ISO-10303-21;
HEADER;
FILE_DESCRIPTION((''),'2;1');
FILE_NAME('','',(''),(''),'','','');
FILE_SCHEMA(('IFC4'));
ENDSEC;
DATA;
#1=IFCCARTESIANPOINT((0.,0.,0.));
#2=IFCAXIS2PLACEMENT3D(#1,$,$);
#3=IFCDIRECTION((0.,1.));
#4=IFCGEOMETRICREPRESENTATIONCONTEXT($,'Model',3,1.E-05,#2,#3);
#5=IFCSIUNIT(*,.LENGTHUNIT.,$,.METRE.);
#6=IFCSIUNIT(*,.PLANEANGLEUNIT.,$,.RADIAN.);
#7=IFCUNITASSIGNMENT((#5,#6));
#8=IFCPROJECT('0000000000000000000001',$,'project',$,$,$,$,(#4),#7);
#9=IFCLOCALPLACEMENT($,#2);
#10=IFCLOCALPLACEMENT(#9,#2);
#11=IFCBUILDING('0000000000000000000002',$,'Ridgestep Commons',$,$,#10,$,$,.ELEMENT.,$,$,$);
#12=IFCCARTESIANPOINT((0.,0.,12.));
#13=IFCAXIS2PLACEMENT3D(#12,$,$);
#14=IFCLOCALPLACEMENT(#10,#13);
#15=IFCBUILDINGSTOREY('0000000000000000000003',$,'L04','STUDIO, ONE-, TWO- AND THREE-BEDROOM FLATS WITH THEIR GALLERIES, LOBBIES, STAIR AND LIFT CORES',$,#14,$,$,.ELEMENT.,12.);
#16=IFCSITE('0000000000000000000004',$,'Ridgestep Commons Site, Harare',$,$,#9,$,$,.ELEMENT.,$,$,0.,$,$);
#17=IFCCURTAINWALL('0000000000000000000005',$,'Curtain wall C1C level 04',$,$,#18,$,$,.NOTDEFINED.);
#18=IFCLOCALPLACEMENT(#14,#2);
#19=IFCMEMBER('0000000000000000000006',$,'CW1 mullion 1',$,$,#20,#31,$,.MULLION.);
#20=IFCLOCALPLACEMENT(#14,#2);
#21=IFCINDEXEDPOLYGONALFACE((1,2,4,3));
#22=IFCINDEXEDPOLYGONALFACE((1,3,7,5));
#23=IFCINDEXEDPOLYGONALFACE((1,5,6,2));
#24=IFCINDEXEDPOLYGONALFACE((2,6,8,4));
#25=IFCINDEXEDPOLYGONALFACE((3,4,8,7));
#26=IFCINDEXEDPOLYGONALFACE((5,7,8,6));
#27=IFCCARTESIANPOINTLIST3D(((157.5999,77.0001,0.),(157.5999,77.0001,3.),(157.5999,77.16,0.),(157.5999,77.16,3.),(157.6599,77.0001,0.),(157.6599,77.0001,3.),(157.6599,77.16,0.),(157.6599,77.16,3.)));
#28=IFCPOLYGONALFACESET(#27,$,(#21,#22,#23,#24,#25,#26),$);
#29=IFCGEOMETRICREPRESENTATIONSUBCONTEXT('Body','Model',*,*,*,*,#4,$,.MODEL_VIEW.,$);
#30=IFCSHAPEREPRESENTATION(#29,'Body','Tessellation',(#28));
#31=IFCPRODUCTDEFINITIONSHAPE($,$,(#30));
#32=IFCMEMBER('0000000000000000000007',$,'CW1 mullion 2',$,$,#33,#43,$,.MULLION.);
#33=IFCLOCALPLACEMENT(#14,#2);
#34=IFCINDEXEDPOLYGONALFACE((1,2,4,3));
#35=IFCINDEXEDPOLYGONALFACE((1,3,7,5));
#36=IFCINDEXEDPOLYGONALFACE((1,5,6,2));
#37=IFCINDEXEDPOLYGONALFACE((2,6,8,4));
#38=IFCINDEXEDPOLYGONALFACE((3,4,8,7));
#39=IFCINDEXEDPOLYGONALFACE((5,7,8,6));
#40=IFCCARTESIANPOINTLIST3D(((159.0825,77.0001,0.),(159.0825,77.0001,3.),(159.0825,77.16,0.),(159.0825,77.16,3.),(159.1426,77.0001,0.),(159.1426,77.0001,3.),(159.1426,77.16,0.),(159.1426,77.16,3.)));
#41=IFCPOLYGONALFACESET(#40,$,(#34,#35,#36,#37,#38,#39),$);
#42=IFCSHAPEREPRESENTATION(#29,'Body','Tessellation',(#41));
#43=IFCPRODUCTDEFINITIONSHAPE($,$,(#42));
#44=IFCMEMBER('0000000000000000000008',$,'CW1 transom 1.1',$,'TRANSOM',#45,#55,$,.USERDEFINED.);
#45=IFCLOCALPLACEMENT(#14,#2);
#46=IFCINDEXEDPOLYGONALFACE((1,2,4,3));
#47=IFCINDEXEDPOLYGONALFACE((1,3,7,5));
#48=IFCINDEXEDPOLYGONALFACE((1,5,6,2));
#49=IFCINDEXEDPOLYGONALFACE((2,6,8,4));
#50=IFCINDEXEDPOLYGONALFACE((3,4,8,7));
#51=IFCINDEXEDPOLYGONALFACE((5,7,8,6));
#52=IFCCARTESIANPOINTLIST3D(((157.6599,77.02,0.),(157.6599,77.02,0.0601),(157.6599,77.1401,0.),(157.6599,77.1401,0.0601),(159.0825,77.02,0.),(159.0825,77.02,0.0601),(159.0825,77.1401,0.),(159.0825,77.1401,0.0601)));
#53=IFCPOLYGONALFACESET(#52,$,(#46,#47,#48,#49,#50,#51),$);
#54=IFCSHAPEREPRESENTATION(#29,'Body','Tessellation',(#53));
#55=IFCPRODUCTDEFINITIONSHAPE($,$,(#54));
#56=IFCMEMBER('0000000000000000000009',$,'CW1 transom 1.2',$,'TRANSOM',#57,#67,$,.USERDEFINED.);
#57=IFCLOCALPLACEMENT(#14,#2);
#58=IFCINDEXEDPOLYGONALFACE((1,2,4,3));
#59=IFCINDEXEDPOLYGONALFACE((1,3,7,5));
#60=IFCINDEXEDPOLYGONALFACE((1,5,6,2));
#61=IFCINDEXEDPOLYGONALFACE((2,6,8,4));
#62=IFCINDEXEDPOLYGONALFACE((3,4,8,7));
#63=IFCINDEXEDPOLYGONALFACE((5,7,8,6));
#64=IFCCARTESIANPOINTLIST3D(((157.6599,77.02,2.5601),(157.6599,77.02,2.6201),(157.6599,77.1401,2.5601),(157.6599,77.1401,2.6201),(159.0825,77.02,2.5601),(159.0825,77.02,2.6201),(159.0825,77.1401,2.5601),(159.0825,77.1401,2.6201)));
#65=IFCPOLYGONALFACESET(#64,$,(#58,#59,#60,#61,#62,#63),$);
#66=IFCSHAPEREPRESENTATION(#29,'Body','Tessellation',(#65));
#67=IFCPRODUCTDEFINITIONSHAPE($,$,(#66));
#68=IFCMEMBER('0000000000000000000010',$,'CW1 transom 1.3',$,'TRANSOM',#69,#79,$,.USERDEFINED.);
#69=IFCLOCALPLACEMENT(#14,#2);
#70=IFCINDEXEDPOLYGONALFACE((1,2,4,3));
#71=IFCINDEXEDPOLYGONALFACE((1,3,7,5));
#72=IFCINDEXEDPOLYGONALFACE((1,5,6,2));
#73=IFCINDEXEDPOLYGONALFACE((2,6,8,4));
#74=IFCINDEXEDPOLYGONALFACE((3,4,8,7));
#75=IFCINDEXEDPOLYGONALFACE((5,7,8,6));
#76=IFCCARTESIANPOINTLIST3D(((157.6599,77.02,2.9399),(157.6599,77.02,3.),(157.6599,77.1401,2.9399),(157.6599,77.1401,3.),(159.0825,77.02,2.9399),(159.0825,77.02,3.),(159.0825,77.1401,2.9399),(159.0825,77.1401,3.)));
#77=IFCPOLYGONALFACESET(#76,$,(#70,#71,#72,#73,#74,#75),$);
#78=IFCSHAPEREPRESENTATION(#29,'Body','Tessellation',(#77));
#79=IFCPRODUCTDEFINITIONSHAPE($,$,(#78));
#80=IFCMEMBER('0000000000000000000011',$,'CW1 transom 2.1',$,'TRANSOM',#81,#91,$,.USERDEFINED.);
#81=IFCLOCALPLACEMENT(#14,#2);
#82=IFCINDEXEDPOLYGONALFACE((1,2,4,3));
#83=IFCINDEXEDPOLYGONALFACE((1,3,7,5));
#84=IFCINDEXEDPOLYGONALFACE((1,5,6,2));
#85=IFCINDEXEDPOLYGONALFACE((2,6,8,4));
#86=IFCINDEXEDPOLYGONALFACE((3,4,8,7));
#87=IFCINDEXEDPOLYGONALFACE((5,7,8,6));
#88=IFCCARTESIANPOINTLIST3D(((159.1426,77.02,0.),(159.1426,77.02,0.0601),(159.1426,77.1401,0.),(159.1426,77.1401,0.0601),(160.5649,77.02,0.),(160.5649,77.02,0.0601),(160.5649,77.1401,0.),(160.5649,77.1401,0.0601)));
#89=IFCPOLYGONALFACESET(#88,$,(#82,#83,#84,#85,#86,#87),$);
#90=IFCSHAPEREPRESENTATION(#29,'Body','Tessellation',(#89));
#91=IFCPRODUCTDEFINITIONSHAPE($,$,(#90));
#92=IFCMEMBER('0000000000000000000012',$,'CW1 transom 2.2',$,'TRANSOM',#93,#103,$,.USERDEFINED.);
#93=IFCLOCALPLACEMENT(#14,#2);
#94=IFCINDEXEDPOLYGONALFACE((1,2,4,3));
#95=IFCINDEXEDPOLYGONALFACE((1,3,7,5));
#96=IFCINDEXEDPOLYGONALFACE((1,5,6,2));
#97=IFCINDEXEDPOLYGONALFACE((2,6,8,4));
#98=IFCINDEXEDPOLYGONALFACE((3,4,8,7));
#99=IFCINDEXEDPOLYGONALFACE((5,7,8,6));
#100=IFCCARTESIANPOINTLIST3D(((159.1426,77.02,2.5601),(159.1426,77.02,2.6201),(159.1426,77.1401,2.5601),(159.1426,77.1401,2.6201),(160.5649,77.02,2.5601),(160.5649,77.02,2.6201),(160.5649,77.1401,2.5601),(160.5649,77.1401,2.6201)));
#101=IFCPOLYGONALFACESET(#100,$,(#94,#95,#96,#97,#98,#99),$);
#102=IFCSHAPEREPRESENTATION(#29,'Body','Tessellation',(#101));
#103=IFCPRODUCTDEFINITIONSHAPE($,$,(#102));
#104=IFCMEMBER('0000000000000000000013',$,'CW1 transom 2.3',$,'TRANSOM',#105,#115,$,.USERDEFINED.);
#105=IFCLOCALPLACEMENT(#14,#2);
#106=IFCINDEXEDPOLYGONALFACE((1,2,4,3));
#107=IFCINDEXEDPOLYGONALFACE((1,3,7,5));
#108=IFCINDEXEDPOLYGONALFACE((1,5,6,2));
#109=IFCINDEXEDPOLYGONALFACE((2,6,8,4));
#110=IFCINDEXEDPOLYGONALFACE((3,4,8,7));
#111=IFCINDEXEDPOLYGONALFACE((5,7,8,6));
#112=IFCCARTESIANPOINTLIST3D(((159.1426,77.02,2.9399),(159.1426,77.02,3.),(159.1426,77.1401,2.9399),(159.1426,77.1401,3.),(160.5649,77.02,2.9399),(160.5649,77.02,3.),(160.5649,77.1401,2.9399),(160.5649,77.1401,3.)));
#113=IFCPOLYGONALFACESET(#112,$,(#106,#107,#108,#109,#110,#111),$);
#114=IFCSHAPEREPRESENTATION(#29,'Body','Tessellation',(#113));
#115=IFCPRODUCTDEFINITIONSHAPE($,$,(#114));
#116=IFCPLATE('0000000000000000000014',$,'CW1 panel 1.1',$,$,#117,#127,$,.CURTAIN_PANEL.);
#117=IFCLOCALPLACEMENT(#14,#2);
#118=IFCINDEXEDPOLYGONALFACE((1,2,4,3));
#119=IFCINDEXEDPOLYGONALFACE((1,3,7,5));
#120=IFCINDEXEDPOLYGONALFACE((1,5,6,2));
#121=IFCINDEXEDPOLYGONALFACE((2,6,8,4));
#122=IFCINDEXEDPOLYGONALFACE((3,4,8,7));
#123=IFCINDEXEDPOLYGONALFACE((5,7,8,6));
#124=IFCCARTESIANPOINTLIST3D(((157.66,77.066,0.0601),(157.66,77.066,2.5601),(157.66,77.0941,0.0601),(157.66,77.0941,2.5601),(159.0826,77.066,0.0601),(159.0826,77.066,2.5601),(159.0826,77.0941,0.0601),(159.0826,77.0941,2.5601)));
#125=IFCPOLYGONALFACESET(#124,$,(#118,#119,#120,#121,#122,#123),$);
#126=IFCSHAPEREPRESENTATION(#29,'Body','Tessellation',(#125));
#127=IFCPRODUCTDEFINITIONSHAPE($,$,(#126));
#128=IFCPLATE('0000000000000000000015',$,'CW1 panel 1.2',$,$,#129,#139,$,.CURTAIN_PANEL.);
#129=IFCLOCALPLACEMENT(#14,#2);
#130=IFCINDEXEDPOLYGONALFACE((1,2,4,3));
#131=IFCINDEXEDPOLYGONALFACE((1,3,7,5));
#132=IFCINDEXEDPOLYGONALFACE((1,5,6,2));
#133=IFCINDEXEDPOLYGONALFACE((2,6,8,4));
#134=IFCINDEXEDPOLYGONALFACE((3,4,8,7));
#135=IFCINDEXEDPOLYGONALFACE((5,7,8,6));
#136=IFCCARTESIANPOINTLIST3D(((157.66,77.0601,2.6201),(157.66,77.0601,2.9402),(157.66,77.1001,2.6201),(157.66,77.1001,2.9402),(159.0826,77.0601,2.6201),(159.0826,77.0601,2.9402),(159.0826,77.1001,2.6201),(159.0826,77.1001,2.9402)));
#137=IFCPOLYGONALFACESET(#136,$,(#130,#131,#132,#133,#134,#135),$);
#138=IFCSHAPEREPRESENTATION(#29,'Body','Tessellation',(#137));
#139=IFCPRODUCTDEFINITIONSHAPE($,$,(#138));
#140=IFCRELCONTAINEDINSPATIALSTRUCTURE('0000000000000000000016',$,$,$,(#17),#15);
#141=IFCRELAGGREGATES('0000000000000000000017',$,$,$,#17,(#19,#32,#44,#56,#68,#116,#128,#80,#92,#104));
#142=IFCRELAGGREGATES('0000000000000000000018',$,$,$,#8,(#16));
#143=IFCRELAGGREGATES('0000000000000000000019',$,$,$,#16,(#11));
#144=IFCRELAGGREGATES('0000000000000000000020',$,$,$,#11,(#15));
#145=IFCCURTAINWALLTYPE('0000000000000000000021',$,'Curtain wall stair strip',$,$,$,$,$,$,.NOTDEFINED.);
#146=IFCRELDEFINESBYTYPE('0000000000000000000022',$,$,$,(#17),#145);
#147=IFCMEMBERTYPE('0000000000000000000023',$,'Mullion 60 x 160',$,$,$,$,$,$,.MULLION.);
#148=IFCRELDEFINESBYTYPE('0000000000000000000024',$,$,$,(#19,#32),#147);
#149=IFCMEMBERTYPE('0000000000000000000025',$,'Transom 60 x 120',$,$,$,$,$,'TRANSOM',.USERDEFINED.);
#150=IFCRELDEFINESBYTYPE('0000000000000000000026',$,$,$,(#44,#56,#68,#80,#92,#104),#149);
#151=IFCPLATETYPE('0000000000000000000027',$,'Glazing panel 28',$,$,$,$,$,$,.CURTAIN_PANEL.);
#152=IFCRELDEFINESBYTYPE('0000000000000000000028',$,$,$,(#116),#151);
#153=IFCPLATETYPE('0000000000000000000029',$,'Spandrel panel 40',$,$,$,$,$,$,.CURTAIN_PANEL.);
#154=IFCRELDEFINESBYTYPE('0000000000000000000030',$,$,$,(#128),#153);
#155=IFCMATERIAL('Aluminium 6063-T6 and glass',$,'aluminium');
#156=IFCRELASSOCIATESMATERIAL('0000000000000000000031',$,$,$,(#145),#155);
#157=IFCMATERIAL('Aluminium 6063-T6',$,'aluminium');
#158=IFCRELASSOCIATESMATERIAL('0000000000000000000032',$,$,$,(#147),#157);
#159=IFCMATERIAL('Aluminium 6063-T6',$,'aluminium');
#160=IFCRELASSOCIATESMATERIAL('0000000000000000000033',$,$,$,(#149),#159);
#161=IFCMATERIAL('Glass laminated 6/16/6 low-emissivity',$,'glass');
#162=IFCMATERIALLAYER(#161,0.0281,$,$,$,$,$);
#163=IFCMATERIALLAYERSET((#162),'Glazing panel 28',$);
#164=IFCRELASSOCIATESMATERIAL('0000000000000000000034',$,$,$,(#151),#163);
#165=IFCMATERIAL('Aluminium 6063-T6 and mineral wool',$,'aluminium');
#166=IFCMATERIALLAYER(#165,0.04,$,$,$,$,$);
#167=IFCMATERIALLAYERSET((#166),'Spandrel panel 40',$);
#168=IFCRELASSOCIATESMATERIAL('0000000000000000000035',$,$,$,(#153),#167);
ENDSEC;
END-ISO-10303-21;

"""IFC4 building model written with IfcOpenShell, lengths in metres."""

from ifc_helpers import new_model, si_unit, direction, frame, origin, origin_2d, place, context, subcontext, project, spatial, rectangle, extrude, material, layer, layer_set, material_profile, profile_set, type_object, element, aggregate, save


model = new_model("IFC4")

# Units and contexts
model_context = context("Model", 3, precision=1e-05, world=origin(), true_north=direction((0.0, 1.0)))
body_context = subcontext(model_context, "Body", "Model", "MODEL_VIEW")
ifc_project = project(units=[si_unit("LENGTHUNIT", "METRE"), si_unit("PLANEANGLEUNIT", "RADIAN")], contexts=[model_context])

# Site, building, storey
site_placement = place(None, origin())
site = spatial("IfcSite", under=ifc_project, at=site_placement, Name="Ridgestep Commons Site, Harare", CompositionType="ELEMENT", RefElevation=0.0)
building_placement = place(site_placement, origin())
building = spatial("IfcBuilding", under=site, at=building_placement, Name="Ridgestep Commons", CompositionType="ELEMENT")
storey_placement = place(building_placement, frame((0.0, 0.0, 12.0)))
storey = spatial("IfcBuildingStorey", under=building, at=storey_placement, Name="L04", Description="STUDIO, ONE-, TWO- AND THREE-BEDROOM FLATS WITH THEIR GALLERIES, LOBBIES, STAIR AND LIFT CORES", CompositionType="ELEMENT", Elevation=12.0)

# Curtain wall, members, plates
ifc_material_1 = material(Name="Aluminium 6063-T6 and glass", Category="aluminium")
curtain_wall_type = type_object("IfcCurtainWallType", Name="Curtain wall stair strip", PredefinedType="NOTDEFINED", material=ifc_material_1)
curtain_wall_placement = place(storey_placement, origin())
curtain_wall = element("IfcCurtainWall", 1, at=curtain_wall_placement, inside=storey, type_object=curtain_wall_type, Name="Curtain wall C1C level 04", PredefinedType="NOTDEFINED")
ifc_material_2 = material(Name="Aluminium 6063-T6", Category="aluminium")
ifc_material_profile_1 = material_profile(ifc_material_2, rectangle(XDim=0.1599, YDim=0.0601, at=origin_2d()), Name="Mullion 60 x 160")
ifc_profile_set_1 = profile_set([ifc_material_profile_1], Name="Aluminium 6063-T6")
member_type_1 = type_object("IfcMemberType", Name="Mullion 60 x 160", PredefinedType="MULLION", material=ifc_profile_set_1)
member_1_placement = place(storey_placement, frame((157.6299, 77.0801, 0.0), z_axis=(0.0, 0.0, 1.0), x_axis=(0.0, 1.0, 0.0)))
member_1 = element("IfcMember", 2, at=member_1_placement, type_object=member_type_1, Name="CW1 mullion 1", PredefinedType="MULLION", context=body_context, shape_type="SweptSolid", body=[
    extrude(rectangle(XDim=0.1599, YDim=0.0601, at=origin_2d()), origin(), (0.0, 0.0, 1.0), 3.0),
])
member_2_placement = place(storey_placement, frame((159.1125, 77.0801, 0.0), z_axis=(0.0, 0.0, 1.0), x_axis=(0.0, 1.0, 0.0)))
member_2 = element("IfcMember", 3, at=member_2_placement, type_object=member_type_1, Name="CW1 mullion 2", PredefinedType="MULLION", context=body_context, shape_type="SweptSolid", body=[
    extrude(rectangle(XDim=0.1599, YDim=0.0601, at=origin_2d()), origin(), (0.0, 0.0, 1.0), 3.0),
])
ifc_material_3 = material(Name="Aluminium 6063-T6", Category="aluminium")
ifc_material_profile_2 = material_profile(ifc_material_3, rectangle(XDim=0.1201, YDim=0.0601, at=origin_2d()), Name="Transom 60 x 120")
ifc_profile_set_2 = profile_set([ifc_material_profile_2], Name="Aluminium 6063-T6")
member_type_2 = type_object("IfcMemberType", Name="Transom 60 x 120", ElementType="TRANSOM", PredefinedType="USERDEFINED", material=ifc_profile_set_2)
member_3_placement = place(storey_placement, frame((157.6599, 77.0801, 0.03), z_axis=(1.0, 0.0, 0.0), x_axis=(0.0, 1.0, 0.0)))
member_3 = element("IfcMember", 4, at=member_3_placement, type_object=member_type_2, Name="CW1 transom 1.1", ObjectType="TRANSOM", PredefinedType="USERDEFINED", context=body_context, shape_type="SweptSolid", body=[
    extrude(rectangle(XDim=0.1201, YDim=0.0601, at=origin_2d()), origin(), (0.0, 0.0, 1.0), 1.4226),
])
member_4_placement = place(storey_placement, frame((157.6599, 77.0801, 2.5901), z_axis=(1.0, 0.0, 0.0), x_axis=(0.0, 1.0, 0.0)))
member_4 = element("IfcMember", 5, at=member_4_placement, type_object=member_type_2, Name="CW1 transom 1.2", ObjectType="TRANSOM", PredefinedType="USERDEFINED", context=body_context, shape_type="SweptSolid", body=[
    extrude(rectangle(XDim=0.1201, YDim=0.0601, at=origin_2d()), origin(), (0.0, 0.0, 1.0), 1.4226),
])
member_5_placement = place(storey_placement, frame((157.6599, 77.0801, 2.97), z_axis=(1.0, 0.0, 0.0), x_axis=(0.0, 1.0, 0.0)))
member_5 = element("IfcMember", 6, at=member_5_placement, type_object=member_type_2, Name="CW1 transom 1.3", ObjectType="TRANSOM", PredefinedType="USERDEFINED", context=body_context, shape_type="SweptSolid", body=[
    extrude(rectangle(XDim=0.1201, YDim=0.0601, at=origin_2d()), origin(), (0.0, 0.0, 1.0), 1.4226),
])
member_6_placement = place(storey_placement, frame((159.1426, 77.0801, 0.03), z_axis=(1.0, 0.0, 0.0), x_axis=(0.0, 1.0, 0.0)))
member_6 = element("IfcMember", 7, at=member_6_placement, type_object=member_type_2, Name="CW1 transom 2.1", ObjectType="TRANSOM", PredefinedType="USERDEFINED", context=body_context, shape_type="SweptSolid", body=[
    extrude(rectangle(XDim=0.1201, YDim=0.0601, at=origin_2d()), origin(), (0.0, 0.0, 1.0), 1.4224),
])
member_7_placement = place(storey_placement, frame((159.1426, 77.0801, 2.5901), z_axis=(1.0, 0.0, 0.0), x_axis=(0.0, 1.0, 0.0)))
member_7 = element("IfcMember", 8, at=member_7_placement, type_object=member_type_2, Name="CW1 transom 2.2", ObjectType="TRANSOM", PredefinedType="USERDEFINED", context=body_context, shape_type="SweptSolid", body=[
    extrude(rectangle(XDim=0.1201, YDim=0.0601, at=origin_2d()), origin(), (0.0, 0.0, 1.0), 1.4224),
])
member_8_placement = place(storey_placement, frame((159.1426, 77.0801, 2.97), z_axis=(1.0, 0.0, 0.0), x_axis=(0.0, 1.0, 0.0)))
member_8 = element("IfcMember", 9, at=member_8_placement, type_object=member_type_2, Name="CW1 transom 2.3", ObjectType="TRANSOM", PredefinedType="USERDEFINED", context=body_context, shape_type="SweptSolid", body=[
    extrude(rectangle(XDim=0.1201, YDim=0.0601, at=origin_2d()), origin(), (0.0, 0.0, 1.0), 1.4224),
])
ifc_material_4 = material(Name="Glass laminated 6/16/6 low-emissivity", Category="glass")
ifc_layer_1 = layer(ifc_material_4, 0.0281)
ifc_layer_set_1 = layer_set([ifc_layer_1], Name="Glazing panel 28")
plate_type_1 = type_object("IfcPlateType", Name="Glazing panel 28", PredefinedType="CURTAIN_PANEL", material=ifc_layer_set_1)
plate_1_placement = place(storey_placement, frame((158.3713, 77.0801, 0.0601), z_axis=(0.0, 0.0, 1.0), x_axis=(1.0, 0.0, 0.0)))
plate_1 = element("IfcPlate", 10, at=plate_1_placement, type_object=plate_type_1, Name="CW1 panel 1.1", PredefinedType="CURTAIN_PANEL", context=body_context, shape_type="SweptSolid", body=[
    extrude(rectangle(XDim=1.4226, YDim=0.0281, at=origin_2d()), origin(), (0.0, 0.0, 1.0), 2.5),
])
ifc_material_5 = material(Name="Aluminium 6063-T6 and mineral wool", Category="aluminium")
ifc_layer_2 = layer(ifc_material_5, 0.04)
ifc_layer_set_2 = layer_set([ifc_layer_2], Name="Spandrel panel 40")
plate_type_2 = type_object("IfcPlateType", Name="Spandrel panel 40", PredefinedType="CURTAIN_PANEL", material=ifc_layer_set_2)
plate_2_placement = place(storey_placement, frame((158.3713, 77.0801, 2.6201), z_axis=(0.0, 0.0, 1.0), x_axis=(1.0, 0.0, 0.0)))
plate_2 = element("IfcPlate", 11, at=plate_2_placement, type_object=plate_type_2, Name="CW1 panel 1.2", PredefinedType="CURTAIN_PANEL", context=body_context, shape_type="SweptSolid", body=[
    extrude(rectangle(XDim=1.4226, YDim=0.04, at=origin_2d()), origin(), (0.0, 0.0, 1.0), 0.3201),
])
aggregate(curtain_wall, [member_1, member_2, member_3, member_4, member_5, plate_1, plate_2, member_6, member_7, member_8])

save(model, "model.ifc")
